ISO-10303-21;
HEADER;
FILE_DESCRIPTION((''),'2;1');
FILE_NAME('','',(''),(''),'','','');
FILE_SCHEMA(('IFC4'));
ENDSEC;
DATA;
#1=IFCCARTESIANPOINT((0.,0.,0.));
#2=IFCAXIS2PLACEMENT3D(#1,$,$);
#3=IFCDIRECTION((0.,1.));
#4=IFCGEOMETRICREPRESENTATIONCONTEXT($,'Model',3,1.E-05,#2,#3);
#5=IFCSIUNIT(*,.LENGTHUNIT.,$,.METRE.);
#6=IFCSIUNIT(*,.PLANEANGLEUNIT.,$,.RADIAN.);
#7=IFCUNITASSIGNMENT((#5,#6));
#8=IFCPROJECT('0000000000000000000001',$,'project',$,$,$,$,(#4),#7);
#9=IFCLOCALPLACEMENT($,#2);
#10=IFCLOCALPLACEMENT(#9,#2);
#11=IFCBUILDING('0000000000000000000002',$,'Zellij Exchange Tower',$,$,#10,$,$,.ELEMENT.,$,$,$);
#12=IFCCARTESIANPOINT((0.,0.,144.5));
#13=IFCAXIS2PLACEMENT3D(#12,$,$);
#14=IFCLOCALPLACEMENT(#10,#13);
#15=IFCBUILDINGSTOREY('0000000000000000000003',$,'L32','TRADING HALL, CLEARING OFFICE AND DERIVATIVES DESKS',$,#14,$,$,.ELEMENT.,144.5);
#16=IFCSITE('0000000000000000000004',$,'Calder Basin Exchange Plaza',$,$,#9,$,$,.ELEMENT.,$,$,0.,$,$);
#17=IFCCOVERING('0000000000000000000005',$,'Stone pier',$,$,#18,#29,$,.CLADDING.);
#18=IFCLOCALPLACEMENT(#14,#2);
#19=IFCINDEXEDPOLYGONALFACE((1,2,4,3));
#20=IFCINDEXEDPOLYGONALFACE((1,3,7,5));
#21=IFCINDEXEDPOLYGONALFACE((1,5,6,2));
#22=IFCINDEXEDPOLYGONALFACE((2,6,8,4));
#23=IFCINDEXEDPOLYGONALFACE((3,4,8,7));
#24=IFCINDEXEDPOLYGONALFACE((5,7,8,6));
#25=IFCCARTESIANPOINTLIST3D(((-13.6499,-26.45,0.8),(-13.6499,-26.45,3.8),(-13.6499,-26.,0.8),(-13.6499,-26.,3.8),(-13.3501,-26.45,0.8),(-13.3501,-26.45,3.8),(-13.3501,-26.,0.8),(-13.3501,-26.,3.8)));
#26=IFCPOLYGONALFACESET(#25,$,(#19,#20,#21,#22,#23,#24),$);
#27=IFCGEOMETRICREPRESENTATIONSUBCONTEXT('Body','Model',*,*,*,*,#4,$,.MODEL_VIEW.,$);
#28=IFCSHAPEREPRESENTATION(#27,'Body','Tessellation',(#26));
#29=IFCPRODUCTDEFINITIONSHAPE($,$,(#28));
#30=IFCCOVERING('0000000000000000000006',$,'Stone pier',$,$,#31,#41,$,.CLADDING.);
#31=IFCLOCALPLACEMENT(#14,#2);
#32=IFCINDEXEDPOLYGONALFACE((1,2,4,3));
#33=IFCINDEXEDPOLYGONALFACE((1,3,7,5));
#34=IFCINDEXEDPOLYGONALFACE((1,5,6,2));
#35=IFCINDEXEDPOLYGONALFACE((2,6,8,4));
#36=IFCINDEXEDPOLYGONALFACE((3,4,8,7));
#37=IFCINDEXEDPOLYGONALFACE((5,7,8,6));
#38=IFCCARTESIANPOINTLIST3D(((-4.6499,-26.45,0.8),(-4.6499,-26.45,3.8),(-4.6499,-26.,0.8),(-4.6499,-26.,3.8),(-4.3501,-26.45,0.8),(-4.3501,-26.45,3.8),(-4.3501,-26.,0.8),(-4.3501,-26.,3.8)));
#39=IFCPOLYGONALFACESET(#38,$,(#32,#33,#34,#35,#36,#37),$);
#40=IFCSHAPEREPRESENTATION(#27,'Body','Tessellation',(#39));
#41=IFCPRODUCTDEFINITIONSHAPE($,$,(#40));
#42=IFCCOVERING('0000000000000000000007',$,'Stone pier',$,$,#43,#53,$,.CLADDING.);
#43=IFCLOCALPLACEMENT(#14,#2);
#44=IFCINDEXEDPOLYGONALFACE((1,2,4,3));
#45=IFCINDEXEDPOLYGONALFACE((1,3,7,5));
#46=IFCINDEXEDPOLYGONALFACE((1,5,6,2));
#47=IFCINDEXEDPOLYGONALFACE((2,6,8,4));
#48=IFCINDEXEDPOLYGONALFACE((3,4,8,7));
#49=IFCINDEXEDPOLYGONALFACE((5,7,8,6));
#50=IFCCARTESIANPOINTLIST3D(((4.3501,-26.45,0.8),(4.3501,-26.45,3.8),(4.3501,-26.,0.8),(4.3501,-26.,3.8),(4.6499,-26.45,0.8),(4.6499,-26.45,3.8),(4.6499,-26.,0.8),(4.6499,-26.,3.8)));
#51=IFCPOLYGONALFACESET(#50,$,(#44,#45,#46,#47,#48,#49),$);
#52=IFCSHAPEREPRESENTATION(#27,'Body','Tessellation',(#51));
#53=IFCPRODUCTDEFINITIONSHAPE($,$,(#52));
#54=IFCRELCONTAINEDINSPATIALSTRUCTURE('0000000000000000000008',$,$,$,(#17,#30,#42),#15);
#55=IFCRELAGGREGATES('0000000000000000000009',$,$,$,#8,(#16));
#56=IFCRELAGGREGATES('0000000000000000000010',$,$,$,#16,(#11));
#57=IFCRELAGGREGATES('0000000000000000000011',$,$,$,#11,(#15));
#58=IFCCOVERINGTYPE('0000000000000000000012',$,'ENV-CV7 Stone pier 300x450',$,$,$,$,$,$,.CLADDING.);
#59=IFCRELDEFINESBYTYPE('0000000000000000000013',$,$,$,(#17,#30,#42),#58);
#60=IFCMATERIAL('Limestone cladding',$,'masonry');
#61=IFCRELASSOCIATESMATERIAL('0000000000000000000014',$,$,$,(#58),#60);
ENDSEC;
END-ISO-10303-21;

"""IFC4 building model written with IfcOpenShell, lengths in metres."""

from ifc_helpers import new_model, si_unit, direction, frame, origin, place, context, subcontext, project, spatial, polyline, outline, extrude, material, type_object, element, save


model = new_model("IFC4")

# Units and contexts
model_context = context("Model", 3, precision=1e-05, world=origin(), true_north=direction((0.0, 1.0)))
body_context = subcontext(model_context, "Body", "Model", "MODEL_VIEW")
ifc_project = project(units=[si_unit("LENGTHUNIT", "METRE"), si_unit("PLANEANGLEUNIT", "RADIAN")], contexts=[model_context])

# Site, building, storey
site_placement = place(None, origin())
site = spatial("IfcSite", under=ifc_project, at=site_placement, Name="Calder Basin Exchange Plaza", CompositionType="ELEMENT", RefElevation=0.0)
building_placement = place(site_placement, origin())
building = spatial("IfcBuilding", under=site, at=building_placement, Name="Zellij Exchange Tower", CompositionType="ELEMENT")
storey_placement = place(building_placement, frame((0.0, 0.0, 144.5)))
storey = spatial("IfcBuildingStorey", under=building, at=storey_placement, Name="L32", Description="TRADING HALL, CLEARING OFFICE AND DERIVATIVES DESKS", CompositionType="ELEMENT", Elevation=144.5)

# Coverings
ifc_material_1 = material(Name="Limestone cladding", Category="masonry")
covering_type_1 = type_object("IfcCoveringType", Name="ENV-CV7 Stone pier 300x450", PredefinedType="CLADDING", material=ifc_material_1)
covering_1_placement = place(storey_placement, frame((0.0, 0.0, 0.8)))
element("IfcCovering", 1, at=covering_1_placement, inside=storey, type_object=covering_type_1, Name="Stone pier", PredefinedType="CLADDING", context=body_context, shape_type="SweptSolid", body=[
    extrude(outline(polyline([(-13.6499, -26.0), (-13.3501, -26.0), (-13.3501, -26.45), (-13.6499, -26.45), (-13.6499, -26.0)])), origin(), (0.0, 0.0, 1.0), 3.0),
])
covering_2_placement = place(storey_placement, frame((0.0, 0.0, 0.8)))
element("IfcCovering", 2, at=covering_2_placement, inside=storey, type_object=covering_type_1, Name="Stone pier", PredefinedType="CLADDING", context=body_context, shape_type="SweptSolid", body=[
    extrude(outline(polyline([(-4.6499, -26.0), (-4.3501, -26.0), (-4.3501, -26.45), (-4.6499, -26.45), (-4.6499, -26.0)])), origin(), (0.0, 0.0, 1.0), 3.0),
])
covering_3_placement = place(storey_placement, frame((0.0, 0.0, 0.8)))
element("IfcCovering", 3, at=covering_3_placement, inside=storey, type_object=covering_type_1, Name="Stone pier", PredefinedType="CLADDING", context=body_context, shape_type="SweptSolid", body=[
    extrude(outline(polyline([(4.3501, -26.0), (4.6499, -26.0), (4.6499, -26.45), (4.3501, -26.45), (4.3501, -26.0)])), origin(), (0.0, 0.0, 1.0), 3.0),
])

save(model, "model.ifc")
